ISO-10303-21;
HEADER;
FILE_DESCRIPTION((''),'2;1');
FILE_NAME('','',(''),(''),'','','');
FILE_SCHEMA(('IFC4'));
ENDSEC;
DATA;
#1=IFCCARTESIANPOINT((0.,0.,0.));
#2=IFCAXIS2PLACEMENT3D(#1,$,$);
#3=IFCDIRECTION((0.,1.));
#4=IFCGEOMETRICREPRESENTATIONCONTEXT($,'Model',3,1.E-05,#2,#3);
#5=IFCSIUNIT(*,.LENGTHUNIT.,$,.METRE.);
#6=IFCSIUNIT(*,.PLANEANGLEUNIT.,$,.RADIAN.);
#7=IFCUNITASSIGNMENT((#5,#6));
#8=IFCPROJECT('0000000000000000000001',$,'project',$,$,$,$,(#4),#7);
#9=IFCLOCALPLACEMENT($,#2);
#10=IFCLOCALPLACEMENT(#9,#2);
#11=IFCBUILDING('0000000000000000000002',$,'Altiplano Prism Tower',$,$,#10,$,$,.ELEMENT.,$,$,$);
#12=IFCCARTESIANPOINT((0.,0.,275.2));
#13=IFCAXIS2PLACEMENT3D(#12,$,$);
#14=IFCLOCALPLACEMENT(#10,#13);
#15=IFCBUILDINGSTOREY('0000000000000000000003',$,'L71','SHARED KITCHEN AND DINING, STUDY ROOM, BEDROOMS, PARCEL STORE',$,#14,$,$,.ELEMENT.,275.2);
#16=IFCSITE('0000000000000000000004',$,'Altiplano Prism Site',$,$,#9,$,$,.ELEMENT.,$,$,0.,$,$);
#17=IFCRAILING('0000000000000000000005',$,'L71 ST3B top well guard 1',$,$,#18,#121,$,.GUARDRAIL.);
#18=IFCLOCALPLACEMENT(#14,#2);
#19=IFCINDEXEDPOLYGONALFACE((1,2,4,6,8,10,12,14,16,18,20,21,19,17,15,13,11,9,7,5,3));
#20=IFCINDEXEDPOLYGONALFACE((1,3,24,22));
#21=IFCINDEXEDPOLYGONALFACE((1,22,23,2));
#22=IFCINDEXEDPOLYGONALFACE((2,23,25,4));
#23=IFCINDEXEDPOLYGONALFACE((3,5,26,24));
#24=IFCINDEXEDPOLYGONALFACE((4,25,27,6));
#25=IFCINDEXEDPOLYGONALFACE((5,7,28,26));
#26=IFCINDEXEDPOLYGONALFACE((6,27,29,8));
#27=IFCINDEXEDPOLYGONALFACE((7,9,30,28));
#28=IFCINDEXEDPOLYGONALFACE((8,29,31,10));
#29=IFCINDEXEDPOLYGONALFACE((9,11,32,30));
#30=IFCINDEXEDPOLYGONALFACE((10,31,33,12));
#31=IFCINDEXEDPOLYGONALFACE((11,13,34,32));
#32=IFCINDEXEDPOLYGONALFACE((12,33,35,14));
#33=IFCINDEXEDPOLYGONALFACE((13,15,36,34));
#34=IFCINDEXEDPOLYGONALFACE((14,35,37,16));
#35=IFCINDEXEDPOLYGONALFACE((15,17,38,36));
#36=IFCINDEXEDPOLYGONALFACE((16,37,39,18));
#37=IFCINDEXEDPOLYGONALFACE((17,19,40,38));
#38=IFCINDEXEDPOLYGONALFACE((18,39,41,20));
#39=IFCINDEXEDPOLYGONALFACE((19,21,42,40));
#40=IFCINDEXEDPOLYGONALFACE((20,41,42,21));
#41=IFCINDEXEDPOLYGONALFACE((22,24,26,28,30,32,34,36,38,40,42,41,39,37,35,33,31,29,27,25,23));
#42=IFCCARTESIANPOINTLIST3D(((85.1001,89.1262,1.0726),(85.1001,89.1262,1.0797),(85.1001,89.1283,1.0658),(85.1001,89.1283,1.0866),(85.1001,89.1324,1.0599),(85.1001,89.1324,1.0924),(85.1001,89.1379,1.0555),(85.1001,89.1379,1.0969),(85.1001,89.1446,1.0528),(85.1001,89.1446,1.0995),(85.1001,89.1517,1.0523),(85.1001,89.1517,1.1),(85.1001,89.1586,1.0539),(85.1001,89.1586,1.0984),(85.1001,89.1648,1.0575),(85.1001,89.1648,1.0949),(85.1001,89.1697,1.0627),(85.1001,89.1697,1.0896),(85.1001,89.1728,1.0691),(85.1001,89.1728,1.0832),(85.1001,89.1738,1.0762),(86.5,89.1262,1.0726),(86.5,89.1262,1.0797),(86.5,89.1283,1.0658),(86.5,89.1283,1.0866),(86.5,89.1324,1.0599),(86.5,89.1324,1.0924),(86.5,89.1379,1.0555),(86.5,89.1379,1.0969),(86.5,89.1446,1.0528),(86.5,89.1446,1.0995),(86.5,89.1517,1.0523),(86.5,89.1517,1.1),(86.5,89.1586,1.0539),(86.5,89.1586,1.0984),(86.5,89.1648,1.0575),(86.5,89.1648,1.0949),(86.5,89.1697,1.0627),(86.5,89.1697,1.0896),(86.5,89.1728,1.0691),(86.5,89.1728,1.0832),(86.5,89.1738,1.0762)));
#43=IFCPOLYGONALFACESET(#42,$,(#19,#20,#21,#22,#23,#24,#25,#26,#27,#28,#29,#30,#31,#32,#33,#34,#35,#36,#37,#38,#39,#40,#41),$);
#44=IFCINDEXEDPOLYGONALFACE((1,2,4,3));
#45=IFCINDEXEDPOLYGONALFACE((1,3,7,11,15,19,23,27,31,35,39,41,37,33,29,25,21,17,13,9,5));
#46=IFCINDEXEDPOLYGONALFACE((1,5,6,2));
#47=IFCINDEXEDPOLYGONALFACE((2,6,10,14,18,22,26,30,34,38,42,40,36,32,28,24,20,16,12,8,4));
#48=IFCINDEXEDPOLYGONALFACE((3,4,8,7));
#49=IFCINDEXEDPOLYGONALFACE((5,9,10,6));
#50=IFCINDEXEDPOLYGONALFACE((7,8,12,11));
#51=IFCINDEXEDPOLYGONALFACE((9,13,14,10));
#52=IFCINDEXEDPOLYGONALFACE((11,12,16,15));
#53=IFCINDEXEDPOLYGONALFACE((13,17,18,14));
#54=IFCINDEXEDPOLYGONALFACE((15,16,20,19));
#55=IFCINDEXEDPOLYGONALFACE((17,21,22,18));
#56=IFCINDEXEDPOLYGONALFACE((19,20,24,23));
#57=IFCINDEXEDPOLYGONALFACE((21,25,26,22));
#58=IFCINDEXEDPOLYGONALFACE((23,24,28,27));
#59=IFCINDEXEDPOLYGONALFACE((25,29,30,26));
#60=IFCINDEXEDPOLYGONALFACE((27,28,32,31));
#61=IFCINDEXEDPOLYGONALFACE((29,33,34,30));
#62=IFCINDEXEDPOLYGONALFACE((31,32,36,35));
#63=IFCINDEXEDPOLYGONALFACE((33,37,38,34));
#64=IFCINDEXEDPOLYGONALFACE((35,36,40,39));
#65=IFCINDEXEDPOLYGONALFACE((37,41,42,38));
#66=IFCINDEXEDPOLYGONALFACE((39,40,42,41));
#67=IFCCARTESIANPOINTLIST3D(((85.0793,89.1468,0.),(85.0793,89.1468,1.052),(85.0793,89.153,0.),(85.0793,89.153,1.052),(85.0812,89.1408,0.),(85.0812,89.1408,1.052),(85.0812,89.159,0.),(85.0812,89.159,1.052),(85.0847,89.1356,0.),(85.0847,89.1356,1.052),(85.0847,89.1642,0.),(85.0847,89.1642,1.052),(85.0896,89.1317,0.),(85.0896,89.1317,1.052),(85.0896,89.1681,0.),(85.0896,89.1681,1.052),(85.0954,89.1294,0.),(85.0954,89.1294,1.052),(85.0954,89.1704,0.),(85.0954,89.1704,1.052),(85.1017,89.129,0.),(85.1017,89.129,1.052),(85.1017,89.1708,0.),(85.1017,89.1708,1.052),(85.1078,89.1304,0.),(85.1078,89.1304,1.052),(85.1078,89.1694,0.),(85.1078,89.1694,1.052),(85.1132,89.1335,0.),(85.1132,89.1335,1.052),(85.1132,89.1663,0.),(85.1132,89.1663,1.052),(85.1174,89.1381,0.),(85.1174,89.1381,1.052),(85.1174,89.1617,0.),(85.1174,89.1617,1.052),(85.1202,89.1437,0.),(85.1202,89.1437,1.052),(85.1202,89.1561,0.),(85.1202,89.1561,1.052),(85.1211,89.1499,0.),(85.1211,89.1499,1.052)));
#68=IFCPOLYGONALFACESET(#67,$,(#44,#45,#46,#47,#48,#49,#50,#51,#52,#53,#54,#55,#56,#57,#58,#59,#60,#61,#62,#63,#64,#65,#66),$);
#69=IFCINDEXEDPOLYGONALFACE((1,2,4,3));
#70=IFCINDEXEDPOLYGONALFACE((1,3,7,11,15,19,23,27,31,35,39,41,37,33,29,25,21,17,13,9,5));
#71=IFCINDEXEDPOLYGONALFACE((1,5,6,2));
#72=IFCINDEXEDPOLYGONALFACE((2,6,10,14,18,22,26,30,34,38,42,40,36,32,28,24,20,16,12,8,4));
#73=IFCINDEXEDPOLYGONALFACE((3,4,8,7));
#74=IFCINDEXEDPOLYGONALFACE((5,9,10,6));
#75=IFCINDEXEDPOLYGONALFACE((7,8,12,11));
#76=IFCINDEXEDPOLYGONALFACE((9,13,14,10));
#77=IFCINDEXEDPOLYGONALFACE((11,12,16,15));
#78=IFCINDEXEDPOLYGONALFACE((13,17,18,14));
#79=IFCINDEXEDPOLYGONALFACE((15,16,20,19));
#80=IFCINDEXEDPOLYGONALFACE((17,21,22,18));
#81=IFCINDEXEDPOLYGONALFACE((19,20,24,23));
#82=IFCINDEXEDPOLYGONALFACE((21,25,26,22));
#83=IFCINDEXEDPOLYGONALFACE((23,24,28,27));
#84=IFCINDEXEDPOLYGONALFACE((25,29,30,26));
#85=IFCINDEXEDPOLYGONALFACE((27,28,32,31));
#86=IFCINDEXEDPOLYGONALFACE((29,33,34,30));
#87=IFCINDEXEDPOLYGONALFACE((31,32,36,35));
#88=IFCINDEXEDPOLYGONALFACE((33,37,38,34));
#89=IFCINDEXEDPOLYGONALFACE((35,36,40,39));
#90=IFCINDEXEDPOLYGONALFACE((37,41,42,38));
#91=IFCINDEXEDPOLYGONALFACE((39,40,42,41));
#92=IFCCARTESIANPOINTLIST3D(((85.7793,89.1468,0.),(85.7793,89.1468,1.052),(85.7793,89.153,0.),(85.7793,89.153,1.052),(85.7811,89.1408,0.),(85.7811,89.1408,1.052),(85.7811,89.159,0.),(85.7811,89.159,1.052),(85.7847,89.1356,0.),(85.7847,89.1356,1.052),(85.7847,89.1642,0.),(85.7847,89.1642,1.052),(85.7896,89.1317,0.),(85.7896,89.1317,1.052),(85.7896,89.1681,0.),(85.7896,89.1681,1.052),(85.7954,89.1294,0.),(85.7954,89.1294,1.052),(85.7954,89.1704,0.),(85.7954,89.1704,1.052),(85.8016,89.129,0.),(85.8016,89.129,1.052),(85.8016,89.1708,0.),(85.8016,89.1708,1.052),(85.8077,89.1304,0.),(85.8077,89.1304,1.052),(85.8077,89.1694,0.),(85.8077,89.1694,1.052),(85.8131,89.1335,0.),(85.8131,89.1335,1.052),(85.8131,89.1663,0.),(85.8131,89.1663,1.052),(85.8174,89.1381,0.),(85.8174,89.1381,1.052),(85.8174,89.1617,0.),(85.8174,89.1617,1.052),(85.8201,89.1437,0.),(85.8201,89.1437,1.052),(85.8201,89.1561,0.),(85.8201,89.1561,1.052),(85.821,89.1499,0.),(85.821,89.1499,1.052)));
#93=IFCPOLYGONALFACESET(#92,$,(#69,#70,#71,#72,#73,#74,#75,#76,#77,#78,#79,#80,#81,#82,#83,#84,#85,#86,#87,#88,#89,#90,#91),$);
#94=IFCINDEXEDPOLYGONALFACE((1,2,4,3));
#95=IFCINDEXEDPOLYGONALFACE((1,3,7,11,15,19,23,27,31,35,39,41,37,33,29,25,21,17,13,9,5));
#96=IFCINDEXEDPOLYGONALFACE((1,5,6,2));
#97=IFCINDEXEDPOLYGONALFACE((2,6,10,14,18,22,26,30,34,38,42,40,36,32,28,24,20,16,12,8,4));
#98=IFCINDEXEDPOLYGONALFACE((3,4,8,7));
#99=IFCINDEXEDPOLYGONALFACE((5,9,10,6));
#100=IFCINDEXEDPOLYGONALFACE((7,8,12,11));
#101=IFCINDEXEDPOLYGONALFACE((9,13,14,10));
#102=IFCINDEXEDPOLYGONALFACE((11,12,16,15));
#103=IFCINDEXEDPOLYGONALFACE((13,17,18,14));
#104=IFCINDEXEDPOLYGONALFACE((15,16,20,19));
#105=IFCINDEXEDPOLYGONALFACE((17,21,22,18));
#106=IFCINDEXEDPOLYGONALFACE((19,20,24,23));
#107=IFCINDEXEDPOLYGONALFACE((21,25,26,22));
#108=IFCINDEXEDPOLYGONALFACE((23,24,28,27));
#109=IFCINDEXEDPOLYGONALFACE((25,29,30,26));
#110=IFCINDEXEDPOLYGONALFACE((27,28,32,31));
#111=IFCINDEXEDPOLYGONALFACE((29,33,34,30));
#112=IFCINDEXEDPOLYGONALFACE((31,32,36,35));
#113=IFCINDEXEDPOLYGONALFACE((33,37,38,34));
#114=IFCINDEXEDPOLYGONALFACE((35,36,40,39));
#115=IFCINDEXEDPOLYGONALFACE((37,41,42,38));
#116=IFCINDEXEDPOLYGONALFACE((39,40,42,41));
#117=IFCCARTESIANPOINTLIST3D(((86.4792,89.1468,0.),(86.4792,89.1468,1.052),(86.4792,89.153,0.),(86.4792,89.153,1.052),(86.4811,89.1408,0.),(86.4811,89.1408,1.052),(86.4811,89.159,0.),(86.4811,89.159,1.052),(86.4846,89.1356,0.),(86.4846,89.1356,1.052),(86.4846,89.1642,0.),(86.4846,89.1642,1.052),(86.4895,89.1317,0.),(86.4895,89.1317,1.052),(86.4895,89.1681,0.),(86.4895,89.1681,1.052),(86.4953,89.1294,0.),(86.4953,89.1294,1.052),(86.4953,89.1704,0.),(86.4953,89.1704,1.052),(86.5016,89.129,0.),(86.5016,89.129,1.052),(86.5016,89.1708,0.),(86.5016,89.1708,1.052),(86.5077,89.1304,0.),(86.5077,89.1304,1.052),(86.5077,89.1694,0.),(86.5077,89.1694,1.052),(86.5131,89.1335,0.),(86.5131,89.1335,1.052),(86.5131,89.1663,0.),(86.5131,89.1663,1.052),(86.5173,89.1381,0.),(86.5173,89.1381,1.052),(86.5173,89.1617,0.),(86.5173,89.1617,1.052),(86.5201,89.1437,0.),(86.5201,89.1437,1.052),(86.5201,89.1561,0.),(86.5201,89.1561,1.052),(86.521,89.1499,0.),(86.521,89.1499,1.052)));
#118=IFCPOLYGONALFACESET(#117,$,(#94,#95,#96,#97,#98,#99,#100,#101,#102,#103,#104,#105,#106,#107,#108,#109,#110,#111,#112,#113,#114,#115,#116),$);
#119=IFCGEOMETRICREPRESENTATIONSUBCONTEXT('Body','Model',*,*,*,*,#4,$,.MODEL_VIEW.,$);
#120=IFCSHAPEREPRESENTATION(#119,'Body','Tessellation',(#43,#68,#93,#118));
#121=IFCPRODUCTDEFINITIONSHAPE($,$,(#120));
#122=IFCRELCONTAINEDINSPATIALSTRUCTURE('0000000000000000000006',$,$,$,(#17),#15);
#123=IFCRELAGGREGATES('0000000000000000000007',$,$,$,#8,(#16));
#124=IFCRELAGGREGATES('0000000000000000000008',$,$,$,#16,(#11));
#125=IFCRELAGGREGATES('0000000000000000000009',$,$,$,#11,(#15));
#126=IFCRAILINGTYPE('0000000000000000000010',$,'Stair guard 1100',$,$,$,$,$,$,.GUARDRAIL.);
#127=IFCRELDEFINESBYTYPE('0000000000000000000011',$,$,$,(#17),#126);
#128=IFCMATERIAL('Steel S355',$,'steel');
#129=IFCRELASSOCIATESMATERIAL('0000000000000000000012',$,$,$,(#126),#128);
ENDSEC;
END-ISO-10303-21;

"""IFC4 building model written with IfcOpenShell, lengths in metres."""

from ifc_helpers import new_model, si_unit, direction, frame, origin, origin_2d, place, context, subcontext, project, spatial, circle, extrude, material, type_object, element, save


model = new_model("IFC4")

# Units and contexts
model_context = context("Model", 3, precision=1e-05, world=origin(), true_north=direction((0.0, 1.0)))
body_context = subcontext(model_context, "Body", "Model", "MODEL_VIEW")
ifc_project = project(units=[si_unit("LENGTHUNIT", "METRE"), si_unit("PLANEANGLEUNIT", "RADIAN")], contexts=[model_context])

# Site, building, storey
site_placement = place(None, origin())
site = spatial("IfcSite", under=ifc_project, at=site_placement, Name="Altiplano Prism Site", CompositionType="ELEMENT", RefElevation=0.0)
building_placement = place(site_placement, origin())
building = spatial("IfcBuilding", under=site, at=building_placement, Name="Altiplano Prism Tower", CompositionType="ELEMENT")
storey_placement = place(building_placement, frame((0.0, 0.0, 275.2)))
storey = spatial("IfcBuildingStorey", under=building, at=storey_placement, Name="L71", Description="SHARED KITCHEN AND DINING, STUDY ROOM, BEDROOMS, PARCEL STORE", CompositionType="ELEMENT", Elevation=275.2)

# Railing
ifc_material_1 = material(Name="Steel S355", Category="steel")
railing_type = type_object("IfcRailingType", Name="Stair guard 1100", PredefinedType="GUARDRAIL", material=ifc_material_1)
railing_1_placement = place(storey_placement, frame((85.1001, 89.1499, 0.0)))
element("IfcRailing", 1, at=railing_1_placement, inside=storey, type_object=railing_type, Name="L71 ST3B top well guard 1", PredefinedType="GUARDRAIL", context=body_context, shape_type="SweptSolid", body=[
    extrude(circle(Radius=0.0239, at=origin_2d()), frame((0.0, 0.0, 1.0762), z_axis=(1.0, 0.0, 0.0), x_axis=(0.0, 1.0, 0.0)), (0.0, 0.0, 1.0), 1.3999),
    extrude(circle(Radius=0.021, at=origin_2d()), origin(), (0.0, 0.0, 1.0), 1.052),
    extrude(circle(Radius=0.021, at=origin_2d()), frame((0.7, 0.0, 0.0)), (0.0, 0.0, 1.0), 1.052),
    extrude(circle(Radius=0.021, at=origin_2d()), frame((1.3999, 0.0, 0.0)), (0.0, 0.0, 1.0), 1.052),
])

save(model, "model.ifc")
